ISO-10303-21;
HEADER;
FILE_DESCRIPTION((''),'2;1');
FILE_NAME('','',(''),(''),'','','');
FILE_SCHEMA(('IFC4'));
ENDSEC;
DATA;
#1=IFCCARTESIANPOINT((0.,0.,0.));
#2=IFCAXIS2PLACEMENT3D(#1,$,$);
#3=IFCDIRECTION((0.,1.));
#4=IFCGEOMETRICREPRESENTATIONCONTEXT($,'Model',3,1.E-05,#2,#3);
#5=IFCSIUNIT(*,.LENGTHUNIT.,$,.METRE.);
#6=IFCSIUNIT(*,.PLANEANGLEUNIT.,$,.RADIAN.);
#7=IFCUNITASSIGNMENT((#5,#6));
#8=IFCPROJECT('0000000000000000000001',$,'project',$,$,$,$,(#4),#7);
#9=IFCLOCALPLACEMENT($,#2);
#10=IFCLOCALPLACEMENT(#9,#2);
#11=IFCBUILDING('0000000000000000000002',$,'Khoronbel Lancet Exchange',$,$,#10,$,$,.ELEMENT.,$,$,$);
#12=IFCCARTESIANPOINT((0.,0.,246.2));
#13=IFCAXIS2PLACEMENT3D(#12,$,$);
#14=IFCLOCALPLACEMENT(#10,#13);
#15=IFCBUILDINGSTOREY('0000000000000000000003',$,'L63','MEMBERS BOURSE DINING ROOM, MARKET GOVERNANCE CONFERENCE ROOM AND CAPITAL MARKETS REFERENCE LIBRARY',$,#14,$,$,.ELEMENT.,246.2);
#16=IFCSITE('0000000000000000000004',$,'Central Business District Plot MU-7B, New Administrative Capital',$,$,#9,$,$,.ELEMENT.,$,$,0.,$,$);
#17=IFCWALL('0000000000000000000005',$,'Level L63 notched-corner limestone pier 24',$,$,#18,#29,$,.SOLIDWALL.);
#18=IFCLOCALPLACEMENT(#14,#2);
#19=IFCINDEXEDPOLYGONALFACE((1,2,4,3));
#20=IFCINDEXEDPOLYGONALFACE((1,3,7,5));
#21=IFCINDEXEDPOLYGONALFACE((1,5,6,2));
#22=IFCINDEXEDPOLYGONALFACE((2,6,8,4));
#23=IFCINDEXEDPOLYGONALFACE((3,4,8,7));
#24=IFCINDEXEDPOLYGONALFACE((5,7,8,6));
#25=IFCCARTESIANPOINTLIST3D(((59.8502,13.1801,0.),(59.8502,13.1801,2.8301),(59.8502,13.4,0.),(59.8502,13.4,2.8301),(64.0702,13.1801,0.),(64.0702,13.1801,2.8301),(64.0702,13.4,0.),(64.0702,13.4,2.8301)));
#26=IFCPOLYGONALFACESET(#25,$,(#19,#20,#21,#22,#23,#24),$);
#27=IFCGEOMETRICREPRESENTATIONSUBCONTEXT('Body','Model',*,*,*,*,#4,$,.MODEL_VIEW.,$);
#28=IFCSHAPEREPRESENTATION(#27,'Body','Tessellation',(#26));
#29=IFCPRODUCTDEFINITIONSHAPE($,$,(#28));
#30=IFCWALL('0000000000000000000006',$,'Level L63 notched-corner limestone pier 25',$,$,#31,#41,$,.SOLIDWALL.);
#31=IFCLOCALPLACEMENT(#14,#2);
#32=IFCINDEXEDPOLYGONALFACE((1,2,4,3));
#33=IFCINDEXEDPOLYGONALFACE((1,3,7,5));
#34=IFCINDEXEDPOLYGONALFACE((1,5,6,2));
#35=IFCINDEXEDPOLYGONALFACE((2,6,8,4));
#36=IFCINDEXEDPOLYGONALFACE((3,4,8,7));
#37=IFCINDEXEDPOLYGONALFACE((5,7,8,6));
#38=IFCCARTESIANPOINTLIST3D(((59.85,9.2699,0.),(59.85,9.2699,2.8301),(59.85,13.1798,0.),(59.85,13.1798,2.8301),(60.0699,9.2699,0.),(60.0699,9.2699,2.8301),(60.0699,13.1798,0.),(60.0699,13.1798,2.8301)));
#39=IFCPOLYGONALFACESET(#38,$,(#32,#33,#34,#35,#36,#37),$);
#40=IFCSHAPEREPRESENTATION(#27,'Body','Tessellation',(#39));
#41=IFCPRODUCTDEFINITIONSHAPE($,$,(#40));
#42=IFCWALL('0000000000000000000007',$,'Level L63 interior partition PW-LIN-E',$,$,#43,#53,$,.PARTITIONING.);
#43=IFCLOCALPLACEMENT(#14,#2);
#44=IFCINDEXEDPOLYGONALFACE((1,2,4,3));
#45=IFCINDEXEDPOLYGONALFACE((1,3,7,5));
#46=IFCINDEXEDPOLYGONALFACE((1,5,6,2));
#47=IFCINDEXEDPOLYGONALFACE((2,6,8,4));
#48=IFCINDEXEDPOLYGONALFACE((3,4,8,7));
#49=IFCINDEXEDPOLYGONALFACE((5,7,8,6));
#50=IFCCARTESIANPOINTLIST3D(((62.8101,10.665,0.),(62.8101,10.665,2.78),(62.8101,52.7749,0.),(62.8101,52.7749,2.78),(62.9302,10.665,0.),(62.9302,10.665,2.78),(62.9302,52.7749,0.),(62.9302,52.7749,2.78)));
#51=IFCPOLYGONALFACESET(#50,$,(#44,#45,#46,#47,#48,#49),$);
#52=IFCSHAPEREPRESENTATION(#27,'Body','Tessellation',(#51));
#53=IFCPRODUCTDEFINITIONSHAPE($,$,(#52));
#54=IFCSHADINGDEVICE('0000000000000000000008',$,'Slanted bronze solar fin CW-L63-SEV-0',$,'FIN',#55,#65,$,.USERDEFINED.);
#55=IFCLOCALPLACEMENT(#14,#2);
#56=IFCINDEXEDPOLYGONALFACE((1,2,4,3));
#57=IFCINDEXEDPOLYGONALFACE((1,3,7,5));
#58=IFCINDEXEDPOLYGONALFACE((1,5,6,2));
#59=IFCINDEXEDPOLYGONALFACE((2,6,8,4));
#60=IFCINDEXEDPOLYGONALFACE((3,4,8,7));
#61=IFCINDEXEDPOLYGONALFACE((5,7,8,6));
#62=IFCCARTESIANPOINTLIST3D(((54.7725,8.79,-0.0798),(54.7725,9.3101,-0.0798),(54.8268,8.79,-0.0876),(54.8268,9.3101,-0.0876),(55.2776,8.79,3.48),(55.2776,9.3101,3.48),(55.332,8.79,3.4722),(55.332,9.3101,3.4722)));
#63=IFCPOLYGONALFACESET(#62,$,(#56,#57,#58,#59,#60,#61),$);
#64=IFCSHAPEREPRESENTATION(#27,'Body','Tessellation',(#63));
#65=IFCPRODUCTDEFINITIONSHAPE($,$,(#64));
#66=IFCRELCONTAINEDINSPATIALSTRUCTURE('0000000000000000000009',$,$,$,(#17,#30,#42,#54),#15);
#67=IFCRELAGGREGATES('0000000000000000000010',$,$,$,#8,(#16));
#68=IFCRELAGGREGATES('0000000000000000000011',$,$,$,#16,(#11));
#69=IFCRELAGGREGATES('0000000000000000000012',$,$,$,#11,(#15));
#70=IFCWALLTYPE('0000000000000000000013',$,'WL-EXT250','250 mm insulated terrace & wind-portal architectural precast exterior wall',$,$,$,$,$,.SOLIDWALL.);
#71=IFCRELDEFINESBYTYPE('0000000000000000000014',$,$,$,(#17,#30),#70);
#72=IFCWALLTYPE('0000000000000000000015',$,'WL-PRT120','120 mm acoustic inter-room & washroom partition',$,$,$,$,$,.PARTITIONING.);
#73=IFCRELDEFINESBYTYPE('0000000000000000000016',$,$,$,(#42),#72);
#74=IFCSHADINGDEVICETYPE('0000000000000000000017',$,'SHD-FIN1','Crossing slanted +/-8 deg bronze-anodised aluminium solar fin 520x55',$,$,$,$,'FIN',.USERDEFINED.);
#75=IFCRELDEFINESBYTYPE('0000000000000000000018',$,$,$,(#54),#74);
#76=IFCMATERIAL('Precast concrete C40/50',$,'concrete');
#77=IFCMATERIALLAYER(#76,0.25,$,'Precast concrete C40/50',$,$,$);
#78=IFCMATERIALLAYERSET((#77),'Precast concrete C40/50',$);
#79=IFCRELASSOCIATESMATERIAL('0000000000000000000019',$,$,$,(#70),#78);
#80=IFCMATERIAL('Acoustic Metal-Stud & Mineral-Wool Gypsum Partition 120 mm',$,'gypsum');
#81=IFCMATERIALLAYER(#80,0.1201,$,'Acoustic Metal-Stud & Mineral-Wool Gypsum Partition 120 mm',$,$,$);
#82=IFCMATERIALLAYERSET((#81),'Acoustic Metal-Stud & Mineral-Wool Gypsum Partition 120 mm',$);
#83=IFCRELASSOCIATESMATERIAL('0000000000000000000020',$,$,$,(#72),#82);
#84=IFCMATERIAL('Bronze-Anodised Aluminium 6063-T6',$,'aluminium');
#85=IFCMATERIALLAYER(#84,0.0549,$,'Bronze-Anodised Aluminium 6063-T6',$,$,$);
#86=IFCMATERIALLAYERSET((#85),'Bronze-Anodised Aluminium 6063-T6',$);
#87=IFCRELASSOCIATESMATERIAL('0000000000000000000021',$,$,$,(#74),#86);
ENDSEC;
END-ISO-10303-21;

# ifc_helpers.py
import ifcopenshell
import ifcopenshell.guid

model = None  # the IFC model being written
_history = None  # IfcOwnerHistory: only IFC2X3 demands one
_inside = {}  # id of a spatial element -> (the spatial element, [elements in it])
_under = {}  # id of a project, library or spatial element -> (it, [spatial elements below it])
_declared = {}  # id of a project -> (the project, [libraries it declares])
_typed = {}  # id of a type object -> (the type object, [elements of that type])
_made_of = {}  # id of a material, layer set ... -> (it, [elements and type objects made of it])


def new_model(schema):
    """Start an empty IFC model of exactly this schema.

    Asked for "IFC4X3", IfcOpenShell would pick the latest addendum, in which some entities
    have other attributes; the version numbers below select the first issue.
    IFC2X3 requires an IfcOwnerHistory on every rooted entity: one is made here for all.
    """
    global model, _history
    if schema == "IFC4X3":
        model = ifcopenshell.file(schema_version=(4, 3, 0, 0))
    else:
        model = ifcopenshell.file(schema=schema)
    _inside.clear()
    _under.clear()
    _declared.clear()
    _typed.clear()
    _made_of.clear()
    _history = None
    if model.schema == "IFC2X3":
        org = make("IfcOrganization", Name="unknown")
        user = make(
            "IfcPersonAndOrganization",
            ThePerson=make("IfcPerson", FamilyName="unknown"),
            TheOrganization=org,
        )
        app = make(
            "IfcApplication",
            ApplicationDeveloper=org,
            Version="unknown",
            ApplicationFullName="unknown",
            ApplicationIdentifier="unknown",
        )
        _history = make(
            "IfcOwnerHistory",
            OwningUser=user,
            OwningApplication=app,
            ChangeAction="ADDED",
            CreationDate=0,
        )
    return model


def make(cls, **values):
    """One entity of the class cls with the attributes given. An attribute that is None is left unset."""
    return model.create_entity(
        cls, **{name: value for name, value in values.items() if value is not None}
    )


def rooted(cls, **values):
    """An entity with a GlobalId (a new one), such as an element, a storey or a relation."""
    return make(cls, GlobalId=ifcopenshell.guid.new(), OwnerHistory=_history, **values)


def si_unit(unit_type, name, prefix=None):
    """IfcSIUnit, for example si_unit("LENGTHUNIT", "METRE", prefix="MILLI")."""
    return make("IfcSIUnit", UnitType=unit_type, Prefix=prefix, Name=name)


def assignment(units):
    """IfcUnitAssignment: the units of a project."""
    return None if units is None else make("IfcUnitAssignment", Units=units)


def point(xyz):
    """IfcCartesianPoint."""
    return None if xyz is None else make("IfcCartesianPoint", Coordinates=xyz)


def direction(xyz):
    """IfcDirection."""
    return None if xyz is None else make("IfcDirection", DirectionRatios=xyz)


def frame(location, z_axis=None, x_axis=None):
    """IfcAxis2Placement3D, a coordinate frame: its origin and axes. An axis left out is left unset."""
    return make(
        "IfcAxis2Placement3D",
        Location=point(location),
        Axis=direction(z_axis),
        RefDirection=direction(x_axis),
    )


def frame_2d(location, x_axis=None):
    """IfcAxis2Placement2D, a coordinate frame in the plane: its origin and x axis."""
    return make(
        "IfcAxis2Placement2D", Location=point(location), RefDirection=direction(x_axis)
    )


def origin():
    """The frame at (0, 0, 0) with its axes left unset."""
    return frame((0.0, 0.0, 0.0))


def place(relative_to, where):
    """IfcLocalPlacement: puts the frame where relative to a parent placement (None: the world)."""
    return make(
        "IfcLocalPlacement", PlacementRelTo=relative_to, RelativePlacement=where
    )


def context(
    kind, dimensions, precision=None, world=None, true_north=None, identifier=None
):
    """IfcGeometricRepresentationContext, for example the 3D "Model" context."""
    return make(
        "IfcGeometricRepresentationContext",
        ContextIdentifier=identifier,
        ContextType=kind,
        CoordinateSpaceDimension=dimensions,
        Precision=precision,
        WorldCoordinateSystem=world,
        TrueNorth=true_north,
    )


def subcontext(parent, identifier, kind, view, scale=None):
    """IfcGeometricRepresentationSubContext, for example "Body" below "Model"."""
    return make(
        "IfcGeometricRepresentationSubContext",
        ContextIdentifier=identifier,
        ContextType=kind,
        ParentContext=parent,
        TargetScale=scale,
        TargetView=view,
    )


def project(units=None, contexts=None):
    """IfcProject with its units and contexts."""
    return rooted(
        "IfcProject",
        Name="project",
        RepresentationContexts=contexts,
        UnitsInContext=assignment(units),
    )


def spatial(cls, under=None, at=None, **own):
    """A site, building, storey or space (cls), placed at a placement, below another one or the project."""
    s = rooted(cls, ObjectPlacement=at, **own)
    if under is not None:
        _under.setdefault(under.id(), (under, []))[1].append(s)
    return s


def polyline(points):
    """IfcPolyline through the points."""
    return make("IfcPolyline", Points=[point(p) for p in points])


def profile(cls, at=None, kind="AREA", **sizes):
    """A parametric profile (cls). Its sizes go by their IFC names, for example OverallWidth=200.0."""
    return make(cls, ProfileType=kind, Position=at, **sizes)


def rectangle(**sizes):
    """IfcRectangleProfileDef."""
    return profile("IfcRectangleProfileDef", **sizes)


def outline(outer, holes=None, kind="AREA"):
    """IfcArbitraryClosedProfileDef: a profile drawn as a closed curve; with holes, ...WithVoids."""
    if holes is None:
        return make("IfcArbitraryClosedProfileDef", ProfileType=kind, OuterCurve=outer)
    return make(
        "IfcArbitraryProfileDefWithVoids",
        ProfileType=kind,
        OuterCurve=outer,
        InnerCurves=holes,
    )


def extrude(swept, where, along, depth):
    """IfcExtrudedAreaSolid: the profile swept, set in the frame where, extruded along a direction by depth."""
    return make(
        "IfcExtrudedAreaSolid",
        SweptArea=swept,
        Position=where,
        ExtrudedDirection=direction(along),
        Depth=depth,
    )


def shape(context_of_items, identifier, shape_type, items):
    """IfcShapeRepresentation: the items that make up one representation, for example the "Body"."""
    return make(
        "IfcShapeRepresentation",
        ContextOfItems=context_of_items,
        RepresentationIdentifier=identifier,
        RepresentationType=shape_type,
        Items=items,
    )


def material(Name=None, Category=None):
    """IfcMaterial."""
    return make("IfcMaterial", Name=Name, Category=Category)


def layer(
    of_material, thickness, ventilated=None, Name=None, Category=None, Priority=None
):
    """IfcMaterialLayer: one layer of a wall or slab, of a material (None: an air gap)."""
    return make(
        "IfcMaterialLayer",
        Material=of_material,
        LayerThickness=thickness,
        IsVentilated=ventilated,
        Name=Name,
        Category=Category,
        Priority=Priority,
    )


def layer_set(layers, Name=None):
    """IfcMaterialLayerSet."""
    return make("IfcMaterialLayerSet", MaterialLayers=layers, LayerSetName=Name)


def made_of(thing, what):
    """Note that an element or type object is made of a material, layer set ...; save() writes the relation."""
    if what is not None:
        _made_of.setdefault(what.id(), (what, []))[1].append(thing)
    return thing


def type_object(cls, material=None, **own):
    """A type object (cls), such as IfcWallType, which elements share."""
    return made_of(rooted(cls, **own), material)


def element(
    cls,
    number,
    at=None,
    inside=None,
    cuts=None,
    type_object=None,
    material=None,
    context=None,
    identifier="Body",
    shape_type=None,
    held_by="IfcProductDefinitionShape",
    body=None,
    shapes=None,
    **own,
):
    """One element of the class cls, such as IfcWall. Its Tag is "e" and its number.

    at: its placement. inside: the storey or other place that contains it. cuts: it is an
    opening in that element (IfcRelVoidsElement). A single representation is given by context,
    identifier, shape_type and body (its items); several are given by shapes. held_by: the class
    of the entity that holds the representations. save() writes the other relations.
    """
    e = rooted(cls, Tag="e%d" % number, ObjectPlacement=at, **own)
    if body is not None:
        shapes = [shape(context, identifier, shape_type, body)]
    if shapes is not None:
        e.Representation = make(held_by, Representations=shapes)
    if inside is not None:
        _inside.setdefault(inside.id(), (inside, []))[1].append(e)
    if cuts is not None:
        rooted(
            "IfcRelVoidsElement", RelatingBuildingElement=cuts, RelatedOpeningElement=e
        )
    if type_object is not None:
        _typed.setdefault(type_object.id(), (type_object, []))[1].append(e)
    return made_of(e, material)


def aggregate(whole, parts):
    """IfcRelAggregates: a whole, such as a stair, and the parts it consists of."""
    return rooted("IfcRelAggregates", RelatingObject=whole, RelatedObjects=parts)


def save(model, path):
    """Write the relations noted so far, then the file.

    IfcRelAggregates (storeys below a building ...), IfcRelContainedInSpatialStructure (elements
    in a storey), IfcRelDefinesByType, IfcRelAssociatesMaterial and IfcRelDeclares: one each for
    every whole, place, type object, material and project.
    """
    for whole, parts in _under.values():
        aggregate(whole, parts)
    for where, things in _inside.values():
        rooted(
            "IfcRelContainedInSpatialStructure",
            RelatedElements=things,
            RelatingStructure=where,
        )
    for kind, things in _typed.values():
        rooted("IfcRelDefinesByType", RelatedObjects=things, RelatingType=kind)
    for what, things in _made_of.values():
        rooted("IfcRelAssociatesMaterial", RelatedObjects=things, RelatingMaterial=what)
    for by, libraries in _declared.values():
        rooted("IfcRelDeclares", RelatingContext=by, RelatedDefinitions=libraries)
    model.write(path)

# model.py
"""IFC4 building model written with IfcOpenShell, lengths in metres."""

from ifc_helpers import new_model, si_unit, direction, frame, frame_2d, origin, place, context, subcontext, project, spatial, polyline, rectangle, outline, extrude, material, layer, layer_set, type_object, element, save


model = new_model("IFC4")

# Units and contexts
model_context = context("Model", 3, precision=1e-05, world=origin(), true_north=direction((0.0, 1.0)))
body_context = subcontext(model_context, "Body", "Model", "MODEL_VIEW")
ifc_project = project(units=[si_unit("LENGTHUNIT", "METRE"), si_unit("PLANEANGLEUNIT", "RADIAN")], contexts=[model_context])

# Site, building, storey
site_placement = place(None, origin())
site = spatial("IfcSite", under=ifc_project, at=site_placement, Name="Central Business District Plot MU-7B, New Administrative Capital", CompositionType="ELEMENT", RefElevation=0.0)
building_placement = place(site_placement, origin())
building = spatial("IfcBuilding", under=site, at=building_placement, Name="Khoronbel Lancet Exchange", CompositionType="ELEMENT")
storey_placement = place(building_placement, frame((0.0, 0.0, 246.2)))
storey = spatial("IfcBuildingStorey", under=building, at=storey_placement, Name="L63", Description="MEMBERS BOURSE DINING ROOM, MARKET GOVERNANCE CONFERENCE ROOM AND CAPITAL MARKETS REFERENCE LIBRARY", CompositionType="ELEMENT", Elevation=246.2)

# Shared definitions
ifc_material_1 = material(Name="Bronze-Anodised Aluminium 6063-T6", Category="aluminium")

# Walls
ifc_material_2 = material(Name="Precast concrete C40/50", Category="concrete")
ifc_layer_1 = layer(ifc_material_2, 0.25, Name="Precast concrete C40/50")
ifc_layer_set_1 = layer_set([ifc_layer_1], Name="Precast concrete C40/50")
wall_type_1 = type_object("IfcWallType", Name="WL-EXT250", Description="250 mm insulated terrace & wind-portal architectural precast exterior wall", PredefinedType="SOLIDWALL", material=ifc_layer_set_1)
wall_1_placement = place(storey_placement, frame((64.0701, 13.29, 0.0), z_axis=(0.0, 0.0, 1.0), x_axis=(-1.0, 0.0, 0.0)))
element("IfcWall", 1, at=wall_1_placement, inside=storey, type_object=wall_type_1, Name="Level L63 notched-corner limestone pier 24", PredefinedType="SOLIDWALL", context=body_context, shape_type="SweptSolid", body=[
    extrude(rectangle(XDim=4.22, YDim=0.22, at=frame_2d((2.1099, 0.0))), origin(), (0.0, 0.0, 1.0), 2.8301),
])
wall_2_placement = place(storey_placement, frame((59.96, 13.1799, 0.0), z_axis=(0.0, 0.0, 1.0), x_axis=(0.0, -1.0, 0.0)))
element("IfcWall", 2, at=wall_2_placement, inside=storey, type_object=wall_type_1, Name="Level L63 notched-corner limestone pier 25", PredefinedType="SOLIDWALL", context=body_context, shape_type="SweptSolid", body=[
    extrude(rectangle(XDim=3.9099, YDim=0.22, at=frame_2d((1.9551, 0.0))), origin(), (0.0, 0.0, 1.0), 2.8301),
])
ifc_material_3 = material(Name="Acoustic Metal-Stud & Mineral-Wool Gypsum Partition 120 mm", Category="gypsum")
ifc_layer_2 = layer(ifc_material_3, 0.1201, Name="Acoustic Metal-Stud & Mineral-Wool Gypsum Partition 120 mm")
ifc_layer_set_2 = layer_set([ifc_layer_2], Name="Acoustic Metal-Stud & Mineral-Wool Gypsum Partition 120 mm")
wall_type_2 = type_object("IfcWallType", Name="WL-PRT120", Description="120 mm acoustic inter-room & washroom partition", PredefinedType="PARTITIONING", material=ifc_layer_set_2)
wall_3_placement = place(storey_placement, frame((62.8701, 10.665, 0.0), z_axis=(0.0, 0.0, 1.0), x_axis=(0.0, 1.0, 0.0)))
element("IfcWall", 3, at=wall_3_placement, inside=storey, type_object=wall_type_2, Name="Level L63 interior partition PW-LIN-E", PredefinedType="PARTITIONING", context=body_context, shape_type="SweptSolid", body=[
    extrude(rectangle(XDim=42.1099, YDim=0.1201, at=frame_2d((21.0549, 0.0))), origin(), (0.0, 0.0, 1.0), 2.78),
])

# Shading device
ifc_layer_3 = layer(ifc_material_1, 0.0549, Name="Bronze-Anodised Aluminium 6063-T6")
ifc_layer_set_3 = layer_set([ifc_layer_3], Name="Bronze-Anodised Aluminium 6063-T6")
shading_device_type = type_object("IfcShadingDeviceType", Name="SHD-FIN1", Description="Crossing slanted +/-8 deg bronze-anodised aluminium solar fin 520x55", ElementType="FIN", PredefinedType="USERDEFINED", material=ifc_layer_set_3)
shading_device_placement = place(storey_placement, frame((54.7725, 9.3101, -0.0798), z_axis=(-0.990082, 0.0, 0.14049), x_axis=(0.0, -1.0, 0.0)))
element("IfcShadingDevice", 4, at=shading_device_placement, inside=storey, type_object=shading_device_type, Name="Slanted bronze solar fin CW-L63-SEV-0", ObjectType="FIN", PredefinedType="USERDEFINED", context=body_context, shape_type="SweptSolid", body=[
    extrude(outline(polyline([(0.0, 0.0), (0.52, 0.0), (0.52, 3.5955), (0.0, 3.5955), (0.0, 0.0)])), origin(), (0.0, 0.0, -1.0), 0.0549),
])

save(model, "model.ifc")
